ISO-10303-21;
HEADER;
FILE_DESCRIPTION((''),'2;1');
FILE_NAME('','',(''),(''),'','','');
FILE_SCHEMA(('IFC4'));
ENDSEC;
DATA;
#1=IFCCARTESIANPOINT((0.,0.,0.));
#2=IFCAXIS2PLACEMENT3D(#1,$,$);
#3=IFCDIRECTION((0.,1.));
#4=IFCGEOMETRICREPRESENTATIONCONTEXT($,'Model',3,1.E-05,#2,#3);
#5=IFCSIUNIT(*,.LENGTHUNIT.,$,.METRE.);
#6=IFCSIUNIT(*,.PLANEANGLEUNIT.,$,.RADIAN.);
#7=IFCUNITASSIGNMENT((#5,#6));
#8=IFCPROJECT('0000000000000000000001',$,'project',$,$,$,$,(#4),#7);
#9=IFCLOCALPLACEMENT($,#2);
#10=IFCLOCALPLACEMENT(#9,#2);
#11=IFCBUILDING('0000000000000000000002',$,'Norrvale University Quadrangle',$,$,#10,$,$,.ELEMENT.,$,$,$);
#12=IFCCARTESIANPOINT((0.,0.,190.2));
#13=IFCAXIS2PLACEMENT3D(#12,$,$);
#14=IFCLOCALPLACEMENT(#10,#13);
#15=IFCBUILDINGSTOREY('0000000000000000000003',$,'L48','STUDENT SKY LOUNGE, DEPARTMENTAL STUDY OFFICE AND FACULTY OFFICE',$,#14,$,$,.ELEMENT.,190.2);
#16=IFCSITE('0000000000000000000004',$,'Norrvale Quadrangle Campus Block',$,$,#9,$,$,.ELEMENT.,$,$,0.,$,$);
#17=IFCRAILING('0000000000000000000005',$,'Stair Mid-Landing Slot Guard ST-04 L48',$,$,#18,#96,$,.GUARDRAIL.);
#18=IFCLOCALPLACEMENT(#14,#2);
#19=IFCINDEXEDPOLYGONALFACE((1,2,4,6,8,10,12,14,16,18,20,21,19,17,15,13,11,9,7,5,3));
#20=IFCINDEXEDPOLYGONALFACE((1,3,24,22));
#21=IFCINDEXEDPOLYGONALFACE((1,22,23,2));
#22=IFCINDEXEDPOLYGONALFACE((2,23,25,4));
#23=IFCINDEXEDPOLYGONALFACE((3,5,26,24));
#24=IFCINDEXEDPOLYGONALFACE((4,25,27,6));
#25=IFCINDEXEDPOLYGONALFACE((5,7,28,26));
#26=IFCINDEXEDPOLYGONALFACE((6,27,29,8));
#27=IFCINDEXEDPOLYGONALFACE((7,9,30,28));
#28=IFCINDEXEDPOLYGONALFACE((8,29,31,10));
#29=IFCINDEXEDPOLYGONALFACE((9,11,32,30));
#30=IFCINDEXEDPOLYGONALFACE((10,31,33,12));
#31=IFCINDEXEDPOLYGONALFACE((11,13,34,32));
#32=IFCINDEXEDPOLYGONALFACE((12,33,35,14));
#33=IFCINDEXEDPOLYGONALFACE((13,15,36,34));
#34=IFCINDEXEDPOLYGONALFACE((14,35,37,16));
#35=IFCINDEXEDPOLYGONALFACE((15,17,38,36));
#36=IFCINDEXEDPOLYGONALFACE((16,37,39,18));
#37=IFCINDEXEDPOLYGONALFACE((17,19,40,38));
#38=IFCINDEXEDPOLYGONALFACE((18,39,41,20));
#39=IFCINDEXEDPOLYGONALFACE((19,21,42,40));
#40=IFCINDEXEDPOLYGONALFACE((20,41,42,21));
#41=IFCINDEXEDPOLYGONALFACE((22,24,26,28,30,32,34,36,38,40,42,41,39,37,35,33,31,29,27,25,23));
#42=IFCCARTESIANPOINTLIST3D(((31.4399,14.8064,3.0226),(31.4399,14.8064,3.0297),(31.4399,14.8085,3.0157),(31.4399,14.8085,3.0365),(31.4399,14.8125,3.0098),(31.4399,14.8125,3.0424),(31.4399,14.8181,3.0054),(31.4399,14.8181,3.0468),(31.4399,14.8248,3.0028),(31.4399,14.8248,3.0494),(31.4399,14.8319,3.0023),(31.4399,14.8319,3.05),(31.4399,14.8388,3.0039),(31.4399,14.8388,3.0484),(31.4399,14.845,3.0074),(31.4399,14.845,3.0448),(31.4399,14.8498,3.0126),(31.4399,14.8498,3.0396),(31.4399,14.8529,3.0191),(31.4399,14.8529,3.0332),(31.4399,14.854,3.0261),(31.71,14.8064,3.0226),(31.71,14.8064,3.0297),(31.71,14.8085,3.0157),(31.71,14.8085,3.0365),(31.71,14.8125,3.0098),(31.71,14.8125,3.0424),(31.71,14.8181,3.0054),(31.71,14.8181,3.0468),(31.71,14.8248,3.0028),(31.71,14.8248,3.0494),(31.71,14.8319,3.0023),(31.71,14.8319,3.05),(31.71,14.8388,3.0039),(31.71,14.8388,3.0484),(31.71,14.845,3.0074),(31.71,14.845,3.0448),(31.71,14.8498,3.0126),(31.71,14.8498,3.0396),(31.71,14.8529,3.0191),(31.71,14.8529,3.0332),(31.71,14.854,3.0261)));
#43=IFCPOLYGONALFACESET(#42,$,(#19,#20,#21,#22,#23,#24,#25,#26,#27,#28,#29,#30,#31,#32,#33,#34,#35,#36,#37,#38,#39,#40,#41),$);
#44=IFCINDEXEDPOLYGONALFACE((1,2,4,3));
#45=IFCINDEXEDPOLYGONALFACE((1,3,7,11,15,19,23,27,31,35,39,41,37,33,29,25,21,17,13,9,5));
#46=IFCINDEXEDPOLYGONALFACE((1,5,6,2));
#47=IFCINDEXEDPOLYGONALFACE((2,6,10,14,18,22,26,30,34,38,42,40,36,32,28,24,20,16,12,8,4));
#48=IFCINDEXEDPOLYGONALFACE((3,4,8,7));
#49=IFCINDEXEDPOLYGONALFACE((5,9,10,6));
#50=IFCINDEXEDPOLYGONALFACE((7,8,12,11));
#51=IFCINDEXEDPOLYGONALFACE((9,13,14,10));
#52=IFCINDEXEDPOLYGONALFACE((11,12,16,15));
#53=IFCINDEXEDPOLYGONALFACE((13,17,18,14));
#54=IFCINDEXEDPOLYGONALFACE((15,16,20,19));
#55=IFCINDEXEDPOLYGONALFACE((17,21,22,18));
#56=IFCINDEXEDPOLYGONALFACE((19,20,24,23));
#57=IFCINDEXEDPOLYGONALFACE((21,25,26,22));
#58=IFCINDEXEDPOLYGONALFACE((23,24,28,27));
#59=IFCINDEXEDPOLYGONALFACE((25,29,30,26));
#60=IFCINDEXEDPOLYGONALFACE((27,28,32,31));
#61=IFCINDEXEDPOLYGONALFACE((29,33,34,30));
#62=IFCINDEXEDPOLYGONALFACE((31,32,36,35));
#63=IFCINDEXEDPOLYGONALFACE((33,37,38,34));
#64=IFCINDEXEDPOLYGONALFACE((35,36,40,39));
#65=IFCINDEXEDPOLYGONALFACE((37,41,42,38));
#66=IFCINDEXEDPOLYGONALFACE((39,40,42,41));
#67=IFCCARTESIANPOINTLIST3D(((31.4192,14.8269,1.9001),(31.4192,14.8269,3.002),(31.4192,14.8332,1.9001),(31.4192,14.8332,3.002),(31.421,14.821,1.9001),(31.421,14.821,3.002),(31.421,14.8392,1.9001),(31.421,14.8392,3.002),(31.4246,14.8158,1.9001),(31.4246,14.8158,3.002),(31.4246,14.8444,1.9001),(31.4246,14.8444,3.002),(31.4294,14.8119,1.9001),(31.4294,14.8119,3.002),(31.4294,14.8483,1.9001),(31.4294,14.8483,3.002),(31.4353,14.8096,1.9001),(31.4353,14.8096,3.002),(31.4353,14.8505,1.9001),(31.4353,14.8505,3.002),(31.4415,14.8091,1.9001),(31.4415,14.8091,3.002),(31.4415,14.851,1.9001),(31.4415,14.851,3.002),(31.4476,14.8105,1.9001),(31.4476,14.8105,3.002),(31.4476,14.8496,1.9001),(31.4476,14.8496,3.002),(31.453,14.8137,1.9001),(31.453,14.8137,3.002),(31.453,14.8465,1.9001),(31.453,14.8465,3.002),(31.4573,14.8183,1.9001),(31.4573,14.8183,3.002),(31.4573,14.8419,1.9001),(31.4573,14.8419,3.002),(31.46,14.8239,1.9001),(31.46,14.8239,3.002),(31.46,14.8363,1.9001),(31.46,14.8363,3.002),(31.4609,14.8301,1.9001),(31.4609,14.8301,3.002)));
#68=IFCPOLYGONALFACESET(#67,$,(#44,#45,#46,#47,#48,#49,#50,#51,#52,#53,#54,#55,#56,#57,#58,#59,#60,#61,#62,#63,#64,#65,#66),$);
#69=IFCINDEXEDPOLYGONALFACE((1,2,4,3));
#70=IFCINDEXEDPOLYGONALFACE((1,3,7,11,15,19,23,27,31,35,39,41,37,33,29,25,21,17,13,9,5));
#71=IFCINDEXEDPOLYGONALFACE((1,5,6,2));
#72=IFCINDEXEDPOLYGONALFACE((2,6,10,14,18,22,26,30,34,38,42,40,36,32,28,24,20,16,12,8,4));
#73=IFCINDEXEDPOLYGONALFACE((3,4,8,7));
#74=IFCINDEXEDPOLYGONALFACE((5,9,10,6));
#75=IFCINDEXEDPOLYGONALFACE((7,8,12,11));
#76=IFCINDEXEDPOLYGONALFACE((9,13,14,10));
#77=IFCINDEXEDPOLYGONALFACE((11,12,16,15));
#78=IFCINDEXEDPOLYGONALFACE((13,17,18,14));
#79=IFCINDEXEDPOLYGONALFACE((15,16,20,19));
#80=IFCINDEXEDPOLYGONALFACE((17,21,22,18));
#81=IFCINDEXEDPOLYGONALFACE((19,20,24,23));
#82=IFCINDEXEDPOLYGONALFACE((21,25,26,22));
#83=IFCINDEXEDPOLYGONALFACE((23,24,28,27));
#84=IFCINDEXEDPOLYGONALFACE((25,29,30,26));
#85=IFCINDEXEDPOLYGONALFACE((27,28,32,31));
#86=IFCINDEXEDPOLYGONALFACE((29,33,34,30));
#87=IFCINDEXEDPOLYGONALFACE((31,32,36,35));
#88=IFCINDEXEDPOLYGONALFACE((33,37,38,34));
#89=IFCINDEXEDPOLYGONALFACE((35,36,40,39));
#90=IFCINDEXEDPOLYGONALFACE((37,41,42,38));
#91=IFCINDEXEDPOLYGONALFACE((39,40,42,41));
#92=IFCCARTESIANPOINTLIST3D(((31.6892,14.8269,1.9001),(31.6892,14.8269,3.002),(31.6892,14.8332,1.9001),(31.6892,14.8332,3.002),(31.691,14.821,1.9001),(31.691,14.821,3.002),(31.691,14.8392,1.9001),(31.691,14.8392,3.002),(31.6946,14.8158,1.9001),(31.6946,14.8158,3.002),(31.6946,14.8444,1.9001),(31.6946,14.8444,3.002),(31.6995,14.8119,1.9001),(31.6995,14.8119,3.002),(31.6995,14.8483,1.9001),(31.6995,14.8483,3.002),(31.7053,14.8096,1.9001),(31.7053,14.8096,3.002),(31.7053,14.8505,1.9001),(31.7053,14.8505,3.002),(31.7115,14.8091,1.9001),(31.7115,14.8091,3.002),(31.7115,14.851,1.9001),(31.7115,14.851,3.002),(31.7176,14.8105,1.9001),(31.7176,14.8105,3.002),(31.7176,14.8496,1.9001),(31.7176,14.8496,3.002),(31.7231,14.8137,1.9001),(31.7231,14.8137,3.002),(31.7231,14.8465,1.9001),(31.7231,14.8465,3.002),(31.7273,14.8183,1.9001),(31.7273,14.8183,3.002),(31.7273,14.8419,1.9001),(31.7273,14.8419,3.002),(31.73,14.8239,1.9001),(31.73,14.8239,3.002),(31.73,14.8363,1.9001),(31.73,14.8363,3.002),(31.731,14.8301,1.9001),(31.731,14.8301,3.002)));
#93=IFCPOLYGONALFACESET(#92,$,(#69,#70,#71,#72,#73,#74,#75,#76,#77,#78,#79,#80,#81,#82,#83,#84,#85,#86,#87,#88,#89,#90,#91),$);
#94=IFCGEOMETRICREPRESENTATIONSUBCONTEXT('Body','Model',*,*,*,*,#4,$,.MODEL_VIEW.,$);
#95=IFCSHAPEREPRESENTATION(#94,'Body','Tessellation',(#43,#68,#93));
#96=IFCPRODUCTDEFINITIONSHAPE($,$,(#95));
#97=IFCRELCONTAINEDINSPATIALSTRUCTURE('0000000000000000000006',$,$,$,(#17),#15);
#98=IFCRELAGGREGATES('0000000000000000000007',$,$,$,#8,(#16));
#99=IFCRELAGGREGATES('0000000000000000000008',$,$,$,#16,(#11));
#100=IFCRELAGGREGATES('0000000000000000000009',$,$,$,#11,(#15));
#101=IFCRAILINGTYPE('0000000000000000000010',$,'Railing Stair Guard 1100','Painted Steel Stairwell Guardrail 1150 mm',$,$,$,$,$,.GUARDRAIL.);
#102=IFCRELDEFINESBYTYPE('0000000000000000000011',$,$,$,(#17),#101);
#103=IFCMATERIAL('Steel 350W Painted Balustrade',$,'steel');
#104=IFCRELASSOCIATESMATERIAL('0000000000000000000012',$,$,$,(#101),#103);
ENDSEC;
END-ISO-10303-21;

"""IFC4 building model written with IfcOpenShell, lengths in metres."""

from ifc_helpers import new_model, si_unit, direction, frame, origin, origin_2d, place, context, subcontext, project, spatial, circle, extrude, material, type_object, element, save


model = new_model("IFC4")

# Units and contexts
model_context = context("Model", 3, precision=1e-05, world=origin(), true_north=direction((0.0, 1.0)))
body_context = subcontext(model_context, "Body", "Model", "MODEL_VIEW")
ifc_project = project(units=[si_unit("LENGTHUNIT", "METRE"), si_unit("PLANEANGLEUNIT", "RADIAN")], contexts=[model_context])

# Site, building, storey
site_placement = place(None, origin())
site = spatial("IfcSite", under=ifc_project, at=site_placement, Name="Norrvale Quadrangle Campus Block", CompositionType="ELEMENT", RefElevation=0.0)
building_placement = place(site_placement, origin())
building = spatial("IfcBuilding", under=site, at=building_placement, Name="Norrvale University Quadrangle", CompositionType="ELEMENT")
storey_placement = place(building_placement, frame((0.0, 0.0, 190.2)))
storey = spatial("IfcBuildingStorey", under=building, at=storey_placement, Name="L48", Description="STUDENT SKY LOUNGE, DEPARTMENTAL STUDY OFFICE AND FACULTY OFFICE", CompositionType="ELEMENT", Elevation=190.2)

# Railing
ifc_material_1 = material(Name="Steel 350W Painted Balustrade", Category="steel")
railing_type_1 = type_object("IfcRailingType", Name="Railing Stair Guard 1100", Description="Painted Steel Stairwell Guardrail 1150 mm", PredefinedType="GUARDRAIL", material=ifc_material_1)
for number, where, name in (
    (1, (31.4399, 14.8301, 1.9001), "Stair Mid-Landing Slot Guard ST-04 L48"),
):
    element("IfcRailing", number, at=place(storey_placement, frame(where)), inside=storey, type_object=railing_type_1, Name=name, PredefinedType="GUARDRAIL", context=body_context, shape_type="SweptSolid", body=[
        extrude(circle(Radius=0.0239, at=origin_2d()), frame((0.0, 0.0, 1.126), z_axis=(1.0, 0.0, 0.0), x_axis=(0.0, 1.0, 0.0)), (0.0, 0.0, 1.0), 0.27),
        extrude(circle(Radius=0.021, at=origin_2d()), origin(), (0.0, 0.0, 1.0), 1.1018),
        extrude(circle(Radius=0.021, at=origin_2d()), frame((0.27, 0.0, 0.0)), (0.0, 0.0, 1.0), 1.1018),
    ])

save(model, "model.ifc")
